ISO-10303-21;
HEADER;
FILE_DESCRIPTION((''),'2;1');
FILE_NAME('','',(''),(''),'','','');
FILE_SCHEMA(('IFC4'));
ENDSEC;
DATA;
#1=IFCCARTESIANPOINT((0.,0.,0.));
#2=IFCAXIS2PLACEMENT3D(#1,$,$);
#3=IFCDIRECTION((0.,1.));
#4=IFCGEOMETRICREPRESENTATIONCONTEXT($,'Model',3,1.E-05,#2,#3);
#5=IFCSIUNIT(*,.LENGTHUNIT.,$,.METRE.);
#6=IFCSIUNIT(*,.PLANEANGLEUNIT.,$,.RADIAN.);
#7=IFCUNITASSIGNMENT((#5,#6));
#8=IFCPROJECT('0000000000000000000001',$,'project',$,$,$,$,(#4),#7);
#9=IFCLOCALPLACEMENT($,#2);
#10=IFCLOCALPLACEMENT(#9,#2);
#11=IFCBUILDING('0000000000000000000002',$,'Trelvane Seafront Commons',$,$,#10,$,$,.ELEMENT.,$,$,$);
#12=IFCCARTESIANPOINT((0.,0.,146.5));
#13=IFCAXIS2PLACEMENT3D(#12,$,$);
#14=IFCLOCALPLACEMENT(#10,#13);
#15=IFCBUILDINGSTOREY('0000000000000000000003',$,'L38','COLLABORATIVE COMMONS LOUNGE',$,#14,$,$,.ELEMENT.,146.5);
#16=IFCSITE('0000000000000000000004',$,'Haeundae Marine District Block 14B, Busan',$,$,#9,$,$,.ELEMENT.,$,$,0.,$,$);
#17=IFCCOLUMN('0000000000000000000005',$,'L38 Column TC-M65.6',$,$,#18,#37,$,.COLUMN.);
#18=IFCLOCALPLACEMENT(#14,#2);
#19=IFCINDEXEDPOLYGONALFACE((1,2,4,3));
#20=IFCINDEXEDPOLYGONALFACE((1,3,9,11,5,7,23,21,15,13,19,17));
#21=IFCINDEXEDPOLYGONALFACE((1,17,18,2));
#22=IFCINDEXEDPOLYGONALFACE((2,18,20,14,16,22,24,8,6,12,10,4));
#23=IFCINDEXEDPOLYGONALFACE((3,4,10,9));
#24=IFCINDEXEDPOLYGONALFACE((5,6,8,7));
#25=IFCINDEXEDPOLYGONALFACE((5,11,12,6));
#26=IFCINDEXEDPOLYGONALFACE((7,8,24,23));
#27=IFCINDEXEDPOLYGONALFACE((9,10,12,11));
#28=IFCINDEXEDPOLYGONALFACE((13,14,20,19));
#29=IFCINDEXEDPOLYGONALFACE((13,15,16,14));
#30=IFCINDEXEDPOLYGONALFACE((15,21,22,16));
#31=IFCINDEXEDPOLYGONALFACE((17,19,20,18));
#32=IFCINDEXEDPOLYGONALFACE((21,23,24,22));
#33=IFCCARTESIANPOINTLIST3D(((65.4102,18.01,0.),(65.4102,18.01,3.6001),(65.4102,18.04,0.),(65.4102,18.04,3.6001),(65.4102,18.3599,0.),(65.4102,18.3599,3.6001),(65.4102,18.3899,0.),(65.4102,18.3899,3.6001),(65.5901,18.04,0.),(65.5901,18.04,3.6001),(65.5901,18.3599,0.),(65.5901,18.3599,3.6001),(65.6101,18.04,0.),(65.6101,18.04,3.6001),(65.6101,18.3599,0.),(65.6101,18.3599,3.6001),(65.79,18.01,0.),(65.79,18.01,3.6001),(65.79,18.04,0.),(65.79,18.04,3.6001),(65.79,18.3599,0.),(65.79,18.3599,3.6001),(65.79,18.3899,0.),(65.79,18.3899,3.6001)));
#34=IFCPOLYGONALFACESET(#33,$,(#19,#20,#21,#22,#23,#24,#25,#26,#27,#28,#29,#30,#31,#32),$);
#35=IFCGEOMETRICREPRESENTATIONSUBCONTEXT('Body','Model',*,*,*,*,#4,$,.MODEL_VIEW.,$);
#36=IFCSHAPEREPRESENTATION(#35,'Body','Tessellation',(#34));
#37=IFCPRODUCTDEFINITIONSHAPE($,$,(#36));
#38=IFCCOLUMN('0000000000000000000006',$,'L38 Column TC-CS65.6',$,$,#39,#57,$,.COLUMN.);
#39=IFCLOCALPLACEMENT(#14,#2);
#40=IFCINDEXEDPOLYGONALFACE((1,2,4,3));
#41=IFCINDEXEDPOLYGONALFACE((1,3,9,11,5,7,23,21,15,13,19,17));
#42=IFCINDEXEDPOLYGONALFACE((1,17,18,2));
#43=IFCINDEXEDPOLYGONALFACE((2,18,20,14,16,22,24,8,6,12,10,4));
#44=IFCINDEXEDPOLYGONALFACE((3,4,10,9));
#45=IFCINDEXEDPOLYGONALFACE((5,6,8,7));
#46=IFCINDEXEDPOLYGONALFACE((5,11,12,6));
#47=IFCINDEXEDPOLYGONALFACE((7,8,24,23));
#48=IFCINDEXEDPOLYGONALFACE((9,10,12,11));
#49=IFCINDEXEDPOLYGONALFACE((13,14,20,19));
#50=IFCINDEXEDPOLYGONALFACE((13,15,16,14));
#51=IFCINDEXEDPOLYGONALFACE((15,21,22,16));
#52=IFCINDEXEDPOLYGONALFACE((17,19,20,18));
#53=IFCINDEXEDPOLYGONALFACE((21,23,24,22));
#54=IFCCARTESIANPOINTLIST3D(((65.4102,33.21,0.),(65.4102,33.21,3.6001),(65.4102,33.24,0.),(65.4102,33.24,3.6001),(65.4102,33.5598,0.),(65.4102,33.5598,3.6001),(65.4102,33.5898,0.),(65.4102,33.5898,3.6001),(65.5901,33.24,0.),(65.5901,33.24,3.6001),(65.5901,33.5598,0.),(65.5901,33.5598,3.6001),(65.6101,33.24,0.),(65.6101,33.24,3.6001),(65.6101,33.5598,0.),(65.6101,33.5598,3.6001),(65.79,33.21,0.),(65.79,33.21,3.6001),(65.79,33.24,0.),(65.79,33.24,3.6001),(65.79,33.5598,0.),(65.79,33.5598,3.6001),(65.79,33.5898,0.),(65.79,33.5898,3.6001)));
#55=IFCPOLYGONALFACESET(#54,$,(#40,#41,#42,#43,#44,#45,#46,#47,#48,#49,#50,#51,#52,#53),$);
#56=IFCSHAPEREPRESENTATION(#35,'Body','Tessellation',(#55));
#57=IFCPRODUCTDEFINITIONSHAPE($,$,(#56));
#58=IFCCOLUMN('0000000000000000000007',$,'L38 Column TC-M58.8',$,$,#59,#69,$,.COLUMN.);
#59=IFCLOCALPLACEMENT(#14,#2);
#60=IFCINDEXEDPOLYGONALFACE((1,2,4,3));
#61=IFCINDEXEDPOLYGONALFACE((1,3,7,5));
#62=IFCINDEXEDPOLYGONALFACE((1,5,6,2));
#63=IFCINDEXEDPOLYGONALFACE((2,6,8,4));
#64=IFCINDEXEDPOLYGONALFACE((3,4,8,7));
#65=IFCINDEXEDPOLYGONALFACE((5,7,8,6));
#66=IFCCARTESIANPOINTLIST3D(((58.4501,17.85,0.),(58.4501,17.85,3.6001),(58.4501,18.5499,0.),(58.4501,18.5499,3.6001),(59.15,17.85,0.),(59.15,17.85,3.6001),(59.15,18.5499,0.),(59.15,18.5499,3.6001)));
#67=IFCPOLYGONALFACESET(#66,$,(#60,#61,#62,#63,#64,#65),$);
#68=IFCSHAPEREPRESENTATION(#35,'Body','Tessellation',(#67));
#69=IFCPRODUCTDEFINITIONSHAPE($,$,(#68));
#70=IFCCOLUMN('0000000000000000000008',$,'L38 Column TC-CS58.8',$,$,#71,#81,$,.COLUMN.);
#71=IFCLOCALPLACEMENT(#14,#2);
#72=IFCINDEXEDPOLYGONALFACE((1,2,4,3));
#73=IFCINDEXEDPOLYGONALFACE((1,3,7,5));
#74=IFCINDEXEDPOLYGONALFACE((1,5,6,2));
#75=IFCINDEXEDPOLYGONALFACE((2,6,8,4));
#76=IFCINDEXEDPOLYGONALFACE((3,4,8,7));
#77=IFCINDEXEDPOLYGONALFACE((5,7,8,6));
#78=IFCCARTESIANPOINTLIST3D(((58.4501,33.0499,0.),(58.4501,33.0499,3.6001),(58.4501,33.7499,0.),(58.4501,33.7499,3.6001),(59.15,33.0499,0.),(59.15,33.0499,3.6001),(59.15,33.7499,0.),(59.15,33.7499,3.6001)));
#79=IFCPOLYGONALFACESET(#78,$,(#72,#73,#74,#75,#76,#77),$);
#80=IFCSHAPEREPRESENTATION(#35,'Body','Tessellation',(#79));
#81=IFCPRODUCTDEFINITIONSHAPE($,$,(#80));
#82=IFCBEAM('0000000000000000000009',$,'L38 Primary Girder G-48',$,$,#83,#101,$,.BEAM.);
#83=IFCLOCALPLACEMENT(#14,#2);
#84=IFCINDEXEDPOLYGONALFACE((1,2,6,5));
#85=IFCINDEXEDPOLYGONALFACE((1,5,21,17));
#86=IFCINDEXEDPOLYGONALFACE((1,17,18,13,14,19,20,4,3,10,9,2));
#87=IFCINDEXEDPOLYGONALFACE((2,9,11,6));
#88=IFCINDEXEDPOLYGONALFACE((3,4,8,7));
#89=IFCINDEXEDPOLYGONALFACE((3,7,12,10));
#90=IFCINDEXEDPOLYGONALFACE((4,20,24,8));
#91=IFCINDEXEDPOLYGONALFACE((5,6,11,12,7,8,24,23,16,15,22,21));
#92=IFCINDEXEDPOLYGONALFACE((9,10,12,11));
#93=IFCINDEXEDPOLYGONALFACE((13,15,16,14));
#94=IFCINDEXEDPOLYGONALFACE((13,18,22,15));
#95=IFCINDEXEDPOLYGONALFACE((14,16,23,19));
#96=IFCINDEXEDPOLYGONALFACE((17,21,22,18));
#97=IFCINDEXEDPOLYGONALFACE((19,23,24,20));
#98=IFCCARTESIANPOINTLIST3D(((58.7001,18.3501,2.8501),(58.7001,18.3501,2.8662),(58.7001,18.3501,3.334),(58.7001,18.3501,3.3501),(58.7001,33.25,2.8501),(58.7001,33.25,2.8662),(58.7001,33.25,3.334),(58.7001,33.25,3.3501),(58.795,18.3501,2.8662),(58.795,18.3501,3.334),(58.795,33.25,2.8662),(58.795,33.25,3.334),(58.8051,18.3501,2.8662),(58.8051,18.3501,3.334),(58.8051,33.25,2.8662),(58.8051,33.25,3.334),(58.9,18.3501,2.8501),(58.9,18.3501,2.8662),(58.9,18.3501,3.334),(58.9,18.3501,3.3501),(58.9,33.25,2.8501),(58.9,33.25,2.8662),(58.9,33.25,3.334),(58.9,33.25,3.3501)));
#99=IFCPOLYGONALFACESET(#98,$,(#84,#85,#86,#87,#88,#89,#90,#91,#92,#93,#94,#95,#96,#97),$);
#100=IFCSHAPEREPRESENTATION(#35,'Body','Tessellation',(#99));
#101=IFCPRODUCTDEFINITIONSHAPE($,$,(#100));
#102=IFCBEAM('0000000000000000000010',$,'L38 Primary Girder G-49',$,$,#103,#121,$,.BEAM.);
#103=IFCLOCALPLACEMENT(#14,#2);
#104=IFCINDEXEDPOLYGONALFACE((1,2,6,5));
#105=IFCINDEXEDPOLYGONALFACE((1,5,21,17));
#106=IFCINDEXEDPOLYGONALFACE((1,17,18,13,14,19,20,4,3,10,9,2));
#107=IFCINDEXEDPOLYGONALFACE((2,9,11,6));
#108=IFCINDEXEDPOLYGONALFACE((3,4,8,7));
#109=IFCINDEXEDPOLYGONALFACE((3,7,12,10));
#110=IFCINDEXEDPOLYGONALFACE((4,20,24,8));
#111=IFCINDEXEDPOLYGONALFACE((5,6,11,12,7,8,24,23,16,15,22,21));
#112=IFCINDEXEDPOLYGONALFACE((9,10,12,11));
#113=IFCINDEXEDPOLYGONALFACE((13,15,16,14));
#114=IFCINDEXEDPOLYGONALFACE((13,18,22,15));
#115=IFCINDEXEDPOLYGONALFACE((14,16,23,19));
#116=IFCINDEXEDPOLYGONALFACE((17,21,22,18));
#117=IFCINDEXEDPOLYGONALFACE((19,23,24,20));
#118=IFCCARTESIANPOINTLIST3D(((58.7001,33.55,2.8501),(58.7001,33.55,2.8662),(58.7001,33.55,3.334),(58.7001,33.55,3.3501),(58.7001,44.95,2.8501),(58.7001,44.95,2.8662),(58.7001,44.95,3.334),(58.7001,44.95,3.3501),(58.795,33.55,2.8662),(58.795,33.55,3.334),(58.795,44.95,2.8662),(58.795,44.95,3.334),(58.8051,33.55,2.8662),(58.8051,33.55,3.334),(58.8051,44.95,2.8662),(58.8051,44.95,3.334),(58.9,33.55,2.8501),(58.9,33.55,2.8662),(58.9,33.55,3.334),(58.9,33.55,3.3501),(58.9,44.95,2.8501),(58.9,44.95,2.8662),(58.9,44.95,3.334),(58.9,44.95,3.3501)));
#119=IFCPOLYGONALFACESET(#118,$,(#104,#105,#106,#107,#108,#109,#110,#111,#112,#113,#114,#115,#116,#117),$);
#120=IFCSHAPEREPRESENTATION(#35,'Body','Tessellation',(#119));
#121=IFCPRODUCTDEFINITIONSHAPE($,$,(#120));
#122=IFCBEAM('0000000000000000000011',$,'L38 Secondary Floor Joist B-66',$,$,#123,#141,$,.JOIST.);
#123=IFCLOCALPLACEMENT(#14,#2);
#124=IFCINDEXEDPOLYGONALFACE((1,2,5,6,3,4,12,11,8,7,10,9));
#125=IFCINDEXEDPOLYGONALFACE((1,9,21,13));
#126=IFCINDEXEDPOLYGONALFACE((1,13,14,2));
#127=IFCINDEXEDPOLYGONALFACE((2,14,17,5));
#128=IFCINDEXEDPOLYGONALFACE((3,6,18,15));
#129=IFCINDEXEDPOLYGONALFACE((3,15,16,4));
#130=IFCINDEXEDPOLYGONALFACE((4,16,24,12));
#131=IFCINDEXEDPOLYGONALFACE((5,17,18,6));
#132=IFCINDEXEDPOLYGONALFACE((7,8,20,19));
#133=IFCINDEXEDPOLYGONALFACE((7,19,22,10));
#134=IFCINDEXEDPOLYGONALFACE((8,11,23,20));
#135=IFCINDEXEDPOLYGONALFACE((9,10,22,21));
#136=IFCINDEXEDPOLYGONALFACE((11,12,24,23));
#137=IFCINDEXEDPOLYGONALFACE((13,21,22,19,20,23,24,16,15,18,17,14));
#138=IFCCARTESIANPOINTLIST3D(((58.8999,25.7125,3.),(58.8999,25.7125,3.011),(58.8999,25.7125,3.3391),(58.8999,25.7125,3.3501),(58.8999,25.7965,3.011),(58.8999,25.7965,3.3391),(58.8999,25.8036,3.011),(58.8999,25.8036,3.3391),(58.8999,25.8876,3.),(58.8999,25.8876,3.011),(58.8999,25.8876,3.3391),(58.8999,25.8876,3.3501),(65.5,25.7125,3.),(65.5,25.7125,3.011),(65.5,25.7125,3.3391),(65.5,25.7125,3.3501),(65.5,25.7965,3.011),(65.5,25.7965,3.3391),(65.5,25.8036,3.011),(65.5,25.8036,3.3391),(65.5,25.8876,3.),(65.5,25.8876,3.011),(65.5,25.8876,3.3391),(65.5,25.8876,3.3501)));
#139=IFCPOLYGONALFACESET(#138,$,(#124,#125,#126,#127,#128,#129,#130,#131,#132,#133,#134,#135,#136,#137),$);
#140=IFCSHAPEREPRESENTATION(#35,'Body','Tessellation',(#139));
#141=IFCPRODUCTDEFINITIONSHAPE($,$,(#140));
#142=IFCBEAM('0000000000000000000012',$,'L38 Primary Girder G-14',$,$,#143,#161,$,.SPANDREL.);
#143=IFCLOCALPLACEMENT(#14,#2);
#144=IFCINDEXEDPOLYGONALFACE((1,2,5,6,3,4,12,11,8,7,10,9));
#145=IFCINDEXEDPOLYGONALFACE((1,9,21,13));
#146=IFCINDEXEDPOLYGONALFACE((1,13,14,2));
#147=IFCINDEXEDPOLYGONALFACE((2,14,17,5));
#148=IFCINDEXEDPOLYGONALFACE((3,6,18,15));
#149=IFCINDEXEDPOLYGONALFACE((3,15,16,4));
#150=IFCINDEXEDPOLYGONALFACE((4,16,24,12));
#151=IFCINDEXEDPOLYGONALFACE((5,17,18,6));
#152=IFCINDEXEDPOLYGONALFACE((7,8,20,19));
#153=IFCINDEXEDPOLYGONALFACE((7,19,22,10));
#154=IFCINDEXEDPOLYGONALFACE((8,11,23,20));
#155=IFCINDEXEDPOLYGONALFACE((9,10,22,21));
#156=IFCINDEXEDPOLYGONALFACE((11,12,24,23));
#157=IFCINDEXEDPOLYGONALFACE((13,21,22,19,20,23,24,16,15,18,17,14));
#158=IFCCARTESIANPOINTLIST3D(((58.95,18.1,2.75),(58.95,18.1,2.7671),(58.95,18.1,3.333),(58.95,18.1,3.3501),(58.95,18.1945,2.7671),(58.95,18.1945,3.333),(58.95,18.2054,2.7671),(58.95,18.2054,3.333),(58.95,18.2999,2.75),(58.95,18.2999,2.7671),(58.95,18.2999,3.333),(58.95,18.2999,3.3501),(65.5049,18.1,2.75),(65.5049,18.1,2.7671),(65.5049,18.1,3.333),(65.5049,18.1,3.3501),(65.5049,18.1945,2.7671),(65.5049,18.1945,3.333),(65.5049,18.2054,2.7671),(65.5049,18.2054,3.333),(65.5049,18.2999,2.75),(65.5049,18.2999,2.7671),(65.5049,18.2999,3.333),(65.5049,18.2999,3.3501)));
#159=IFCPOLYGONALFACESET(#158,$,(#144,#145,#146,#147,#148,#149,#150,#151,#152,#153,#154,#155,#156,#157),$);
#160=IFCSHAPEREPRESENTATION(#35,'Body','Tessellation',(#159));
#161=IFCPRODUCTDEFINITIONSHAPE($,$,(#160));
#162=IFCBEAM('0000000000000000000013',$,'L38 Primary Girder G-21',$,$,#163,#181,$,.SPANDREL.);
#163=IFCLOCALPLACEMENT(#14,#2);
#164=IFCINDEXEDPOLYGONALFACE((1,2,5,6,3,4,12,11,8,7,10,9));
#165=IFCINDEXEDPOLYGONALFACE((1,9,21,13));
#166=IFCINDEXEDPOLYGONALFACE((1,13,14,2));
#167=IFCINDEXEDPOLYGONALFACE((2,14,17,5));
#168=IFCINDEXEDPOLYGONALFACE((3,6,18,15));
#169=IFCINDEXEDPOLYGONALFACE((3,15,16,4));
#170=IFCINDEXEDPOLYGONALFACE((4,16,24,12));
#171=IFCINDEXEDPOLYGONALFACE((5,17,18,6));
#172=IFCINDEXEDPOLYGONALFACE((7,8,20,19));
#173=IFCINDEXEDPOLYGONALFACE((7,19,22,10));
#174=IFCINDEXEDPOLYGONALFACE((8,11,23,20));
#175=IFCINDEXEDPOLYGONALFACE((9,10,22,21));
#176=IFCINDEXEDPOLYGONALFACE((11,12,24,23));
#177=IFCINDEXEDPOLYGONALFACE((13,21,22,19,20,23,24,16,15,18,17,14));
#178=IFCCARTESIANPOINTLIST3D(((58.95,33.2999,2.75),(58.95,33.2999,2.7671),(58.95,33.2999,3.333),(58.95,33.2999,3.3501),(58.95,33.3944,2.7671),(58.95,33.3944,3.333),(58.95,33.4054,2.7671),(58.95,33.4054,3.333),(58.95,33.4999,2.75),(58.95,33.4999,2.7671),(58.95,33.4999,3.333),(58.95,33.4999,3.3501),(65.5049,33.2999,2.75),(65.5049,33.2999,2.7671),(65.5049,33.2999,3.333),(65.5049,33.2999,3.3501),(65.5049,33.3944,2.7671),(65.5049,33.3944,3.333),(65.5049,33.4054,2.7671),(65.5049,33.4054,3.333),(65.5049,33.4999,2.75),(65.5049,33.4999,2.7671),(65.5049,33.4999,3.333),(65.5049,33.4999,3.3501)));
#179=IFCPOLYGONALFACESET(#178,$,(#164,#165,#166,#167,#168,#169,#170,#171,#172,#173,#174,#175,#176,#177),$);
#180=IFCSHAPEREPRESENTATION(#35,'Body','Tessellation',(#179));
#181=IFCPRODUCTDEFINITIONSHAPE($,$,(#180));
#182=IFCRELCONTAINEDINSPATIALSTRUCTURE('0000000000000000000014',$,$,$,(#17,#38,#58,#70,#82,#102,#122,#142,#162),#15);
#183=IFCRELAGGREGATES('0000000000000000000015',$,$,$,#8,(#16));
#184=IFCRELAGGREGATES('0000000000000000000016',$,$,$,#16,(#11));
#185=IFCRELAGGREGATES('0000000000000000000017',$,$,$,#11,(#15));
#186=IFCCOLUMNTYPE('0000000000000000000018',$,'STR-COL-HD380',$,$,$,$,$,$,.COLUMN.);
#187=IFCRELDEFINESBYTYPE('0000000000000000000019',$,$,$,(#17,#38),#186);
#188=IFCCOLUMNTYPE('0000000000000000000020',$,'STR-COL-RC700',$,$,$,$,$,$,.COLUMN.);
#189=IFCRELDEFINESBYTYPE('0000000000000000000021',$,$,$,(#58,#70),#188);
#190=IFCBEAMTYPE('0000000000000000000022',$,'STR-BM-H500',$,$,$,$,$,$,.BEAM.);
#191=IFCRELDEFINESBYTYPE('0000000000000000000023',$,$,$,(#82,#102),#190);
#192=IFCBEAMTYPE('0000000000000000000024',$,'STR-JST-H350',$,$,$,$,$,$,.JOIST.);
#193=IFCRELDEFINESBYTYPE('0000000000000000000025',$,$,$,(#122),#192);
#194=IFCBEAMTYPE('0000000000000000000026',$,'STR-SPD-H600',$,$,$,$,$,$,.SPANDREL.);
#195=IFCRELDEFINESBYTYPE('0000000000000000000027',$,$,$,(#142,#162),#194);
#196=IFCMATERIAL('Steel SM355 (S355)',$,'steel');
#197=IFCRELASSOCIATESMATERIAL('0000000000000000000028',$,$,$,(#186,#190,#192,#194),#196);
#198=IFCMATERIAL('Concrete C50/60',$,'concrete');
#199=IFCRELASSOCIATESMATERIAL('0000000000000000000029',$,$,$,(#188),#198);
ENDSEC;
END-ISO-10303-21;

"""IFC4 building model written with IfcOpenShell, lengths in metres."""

from ifc_helpers import new_model, si_unit, direction, frame, origin, origin_2d, place, context, subcontext, project, spatial, rectangle, i_section, extrude, source, transform, mapped, material, material_profile, profile_set, type_object, element, save


model = new_model("IFC4")

# Units and contexts
model_context = context("Model", 3, precision=1e-05, world=origin(), true_north=direction((0.0, 1.0)))
body_context = subcontext(model_context, "Body", "Model", "MODEL_VIEW")
ifc_project = project(units=[si_unit("LENGTHUNIT", "METRE"), si_unit("PLANEANGLEUNIT", "RADIAN")], contexts=[model_context])

# Site, building, storey
site_placement = place(None, origin())
site = spatial("IfcSite", under=ifc_project, at=site_placement, Name="Haeundae Marine District Block 14B, Busan", CompositionType="ELEMENT", RefElevation=0.0)
building_placement = place(site_placement, origin())
building = spatial("IfcBuilding", under=site, at=building_placement, Name="Trelvane Seafront Commons", CompositionType="ELEMENT")
storey_placement = place(building_placement, frame((0.0, 0.0, 146.5)))
storey = spatial("IfcBuildingStorey", under=building, at=storey_placement, Name="L38", Description="COLLABORATIVE COMMONS LOUNGE", CompositionType="ELEMENT", Elevation=146.5)

# Columns
ifc_material_1 = material(Name="Steel SM355 (S355)", Category="steel")
ifc_material_profile_1 = material_profile(ifc_material_1, i_section(OverallWidth=0.3799, OverallDepth=0.3799, WebThickness=0.02, FlangeThickness=0.03, at=origin_2d()), Name="HD-380x380x20x30")
ifc_profile_set_1 = profile_set([ifc_material_profile_1], Name="Steel SM355 (S355)")
column_type_1 = type_object("IfcColumnType", Name="STR-COL-HD380", PredefinedType="COLUMN", material=ifc_profile_set_1)
shared_shape_1 = source(origin(), body_context, "Body", "SweptSolid", [
    extrude(i_section(OverallWidth=0.3799, OverallDepth=0.3799, WebThickness=0.02, FlangeThickness=0.03, at=origin_2d()), origin(), (0.0, 0.0, 1.0), 3.6001),
])
for number, where, z_axis, x_axis, name in (
    (1, (65.6001, 18.2, 0.0), (0.0, 0.0, 1.0), (1.0, 0.0, 0.0), "L38 Column TC-M65.6"),
    (2, (65.6001, 33.3999, 0.0), (0.0, 0.0, 1.0), (1.0, 0.0, 0.0), "L38 Column TC-CS65.6"),
):
    element("IfcColumn", number, at=place(storey_placement, frame(where, z_axis=z_axis, x_axis=x_axis)), inside=storey, type_object=column_type_1, Name=name, PredefinedType="COLUMN", context=body_context, shape_type="MappedRepresentation", body=[
        mapped(shared_shape_1, transform((0.0, 0.0, 0.0), x_axis=(1.0, 0.0, 0.0), y_axis=(0.0, 1.0, 0.0), z_axis=(0.0, 0.0, 1.0), scale=1.0)),
    ])
ifc_material_2 = material(Name="Concrete C50/60", Category="concrete")
ifc_material_profile_2 = material_profile(ifc_material_2, rectangle(XDim=0.7, YDim=0.7, at=origin_2d()), Name="RC-700x700")
ifc_profile_set_2 = profile_set([ifc_material_profile_2], Name="Concrete C50/60")
column_type_2 = type_object("IfcColumnType", Name="STR-COL-RC700", PredefinedType="COLUMN", material=ifc_profile_set_2)
shared_shape_2 = source(origin(), body_context, "Body", "SweptSolid", [
    extrude(rectangle(XDim=0.7, YDim=0.7, at=origin_2d()), origin(), (0.0, 0.0, 1.0), 3.6001),
])
for number, where, z_axis, x_axis, name in (
    (3, (58.8, 18.2, 0.0), (0.0, 0.0, 1.0), (1.0, 0.0, 0.0), "L38 Column TC-M58.8"),
    (4, (58.8, 33.3999, 0.0), (0.0, 0.0, 1.0), (1.0, 0.0, 0.0), "L38 Column TC-CS58.8"),
):
    element("IfcColumn", number, at=place(storey_placement, frame(where, z_axis=z_axis, x_axis=x_axis)), inside=storey, type_object=column_type_2, Name=name, PredefinedType="COLUMN", context=body_context, shape_type="MappedRepresentation", body=[
        mapped(shared_shape_2, transform((0.0, 0.0, 0.0), x_axis=(1.0, 0.0, 0.0), y_axis=(0.0, 1.0, 0.0), z_axis=(0.0, 0.0, 1.0), scale=1.0)),
    ])

# Beams
ifc_material_profile_3 = material_profile(ifc_material_1, i_section(OverallWidth=0.2, OverallDepth=0.5, WebThickness=0.01, FlangeThickness=0.0161, at=origin_2d()), Name="H-500x200x10x16")
ifc_profile_set_3 = profile_set([ifc_material_profile_3], Name="Steel SM355 (S355)")
beam_type_1 = type_object("IfcBeamType", Name="STR-BM-H500", PredefinedType="BEAM", material=ifc_profile_set_3)
shared_shape_3 = source(origin(), body_context, "Body", "SweptSolid", [
    extrude(i_section(OverallWidth=0.2, OverallDepth=0.5, WebThickness=0.01, FlangeThickness=0.0161, at=origin_2d()), origin(), (0.0, 0.0, 1.0), 14.8999),
])
beam_1_placement = place(storey_placement, frame((58.8, 18.3501, 3.1001), z_axis=(0.0, 1.0, 0.0), x_axis=(-1.0, 0.0, 0.0)))
element("IfcBeam", 5, at=beam_1_placement, inside=storey, type_object=beam_type_1, Name="L38 Primary Girder G-48", PredefinedType="BEAM", context=body_context, shape_type="MappedRepresentation", body=[
    mapped(shared_shape_3, transform((0.0, 0.0, 0.0), x_axis=(1.0, 0.0, 0.0), y_axis=(0.0, 1.0, 0.0), z_axis=(0.0, 0.0, 1.0), scale=1.0)),
])
shared_shape_4 = source(origin(), body_context, "Body", "SweptSolid", [
    extrude(i_section(OverallWidth=0.2, OverallDepth=0.5, WebThickness=0.01, FlangeThickness=0.0161, at=origin_2d()), origin(), (0.0, 0.0, 1.0), 11.3999),
])
beam_2_placement = place(storey_placement, frame((58.8, 33.55, 3.1001), z_axis=(0.0, 1.0, 0.0), x_axis=(-1.0, 0.0, 0.0)))
element("IfcBeam", 6, at=beam_2_placement, inside=storey, type_object=beam_type_1, Name="L38 Primary Girder G-49", PredefinedType="BEAM", context=body_context, shape_type="MappedRepresentation", body=[
    mapped(shared_shape_4, transform((0.0, 0.0, 0.0), x_axis=(1.0, 0.0, 0.0), y_axis=(0.0, 1.0, 0.0), z_axis=(0.0, 0.0, 1.0), scale=1.0)),
])
ifc_material_profile_4 = material_profile(ifc_material_1, i_section(OverallWidth=0.175, OverallDepth=0.3501, WebThickness=0.0071, FlangeThickness=0.011, at=origin_2d()), Name="H-350x175x7x11")
ifc_profile_set_4 = profile_set([ifc_material_profile_4], Name="Steel SM355 (S355)")
beam_type_2 = type_object("IfcBeamType", Name="STR-JST-H350", PredefinedType="JOIST", material=ifc_profile_set_4)
shared_shape_5 = source(origin(), body_context, "Body", "SweptSolid", [
    extrude(i_section(OverallWidth=0.175, OverallDepth=0.3501, WebThickness=0.0071, FlangeThickness=0.011, at=origin_2d()), origin(), (0.0, 0.0, 1.0), 6.6001),
])
beam_3_placement = place(storey_placement, frame((58.8999, 25.8, 3.175), z_axis=(1.0, 0.0, 0.0), x_axis=(0.0, 1.0, 0.0)))
element("IfcBeam", 7, at=beam_3_placement, inside=storey, type_object=beam_type_2, Name="L38 Secondary Floor Joist B-66", PredefinedType="JOIST", context=body_context, shape_type="MappedRepresentation", body=[
    mapped(shared_shape_5, transform((0.0, 0.0, 0.0), x_axis=(1.0, 0.0, 0.0), y_axis=(0.0, 1.0, 0.0), z_axis=(0.0, 0.0, 1.0), scale=1.0)),
])
ifc_material_profile_5 = material_profile(ifc_material_1, i_section(OverallWidth=0.2, OverallDepth=0.6001, WebThickness=0.011, FlangeThickness=0.0171, at=origin_2d()), Name="H-600x200x11x17")
ifc_profile_set_5 = profile_set([ifc_material_profile_5], Name="Steel SM355 (S355)")
beam_type_3 = type_object("IfcBeamType", Name="STR-SPD-H600", PredefinedType="SPANDREL", material=ifc_profile_set_5)
shared_shape_6 = source(origin(), body_context, "Body", "SweptSolid", [
    extrude(i_section(OverallWidth=0.2, OverallDepth=0.6001, WebThickness=0.011, FlangeThickness=0.0171, at=origin_2d()), origin(), (0.0, 0.0, 1.0), 6.5549),
])
for number, where, z_axis, x_axis, name in (
    (8, (58.95, 18.2, 3.05), (1.0, 0.0, 0.0), (0.0, 1.0, 0.0), "L38 Primary Girder G-14"),
    (9, (58.95, 33.3999, 3.05), (1.0, 0.0, 0.0), (0.0, 1.0, 0.0), "L38 Primary Girder G-21"),
):
    element("IfcBeam", number, at=place(storey_placement, frame(where, z_axis=z_axis, x_axis=x_axis)), inside=storey, type_object=beam_type_3, Name=name, PredefinedType="SPANDREL", context=body_context, shape_type="MappedRepresentation", body=[
        mapped(shared_shape_6, transform((0.0, 0.0, 0.0), x_axis=(1.0, 0.0, 0.0), y_axis=(0.0, 1.0, 0.0), z_axis=(0.0, 0.0, 1.0), scale=1.0)),
    ])

save(model, "model.ifc")
